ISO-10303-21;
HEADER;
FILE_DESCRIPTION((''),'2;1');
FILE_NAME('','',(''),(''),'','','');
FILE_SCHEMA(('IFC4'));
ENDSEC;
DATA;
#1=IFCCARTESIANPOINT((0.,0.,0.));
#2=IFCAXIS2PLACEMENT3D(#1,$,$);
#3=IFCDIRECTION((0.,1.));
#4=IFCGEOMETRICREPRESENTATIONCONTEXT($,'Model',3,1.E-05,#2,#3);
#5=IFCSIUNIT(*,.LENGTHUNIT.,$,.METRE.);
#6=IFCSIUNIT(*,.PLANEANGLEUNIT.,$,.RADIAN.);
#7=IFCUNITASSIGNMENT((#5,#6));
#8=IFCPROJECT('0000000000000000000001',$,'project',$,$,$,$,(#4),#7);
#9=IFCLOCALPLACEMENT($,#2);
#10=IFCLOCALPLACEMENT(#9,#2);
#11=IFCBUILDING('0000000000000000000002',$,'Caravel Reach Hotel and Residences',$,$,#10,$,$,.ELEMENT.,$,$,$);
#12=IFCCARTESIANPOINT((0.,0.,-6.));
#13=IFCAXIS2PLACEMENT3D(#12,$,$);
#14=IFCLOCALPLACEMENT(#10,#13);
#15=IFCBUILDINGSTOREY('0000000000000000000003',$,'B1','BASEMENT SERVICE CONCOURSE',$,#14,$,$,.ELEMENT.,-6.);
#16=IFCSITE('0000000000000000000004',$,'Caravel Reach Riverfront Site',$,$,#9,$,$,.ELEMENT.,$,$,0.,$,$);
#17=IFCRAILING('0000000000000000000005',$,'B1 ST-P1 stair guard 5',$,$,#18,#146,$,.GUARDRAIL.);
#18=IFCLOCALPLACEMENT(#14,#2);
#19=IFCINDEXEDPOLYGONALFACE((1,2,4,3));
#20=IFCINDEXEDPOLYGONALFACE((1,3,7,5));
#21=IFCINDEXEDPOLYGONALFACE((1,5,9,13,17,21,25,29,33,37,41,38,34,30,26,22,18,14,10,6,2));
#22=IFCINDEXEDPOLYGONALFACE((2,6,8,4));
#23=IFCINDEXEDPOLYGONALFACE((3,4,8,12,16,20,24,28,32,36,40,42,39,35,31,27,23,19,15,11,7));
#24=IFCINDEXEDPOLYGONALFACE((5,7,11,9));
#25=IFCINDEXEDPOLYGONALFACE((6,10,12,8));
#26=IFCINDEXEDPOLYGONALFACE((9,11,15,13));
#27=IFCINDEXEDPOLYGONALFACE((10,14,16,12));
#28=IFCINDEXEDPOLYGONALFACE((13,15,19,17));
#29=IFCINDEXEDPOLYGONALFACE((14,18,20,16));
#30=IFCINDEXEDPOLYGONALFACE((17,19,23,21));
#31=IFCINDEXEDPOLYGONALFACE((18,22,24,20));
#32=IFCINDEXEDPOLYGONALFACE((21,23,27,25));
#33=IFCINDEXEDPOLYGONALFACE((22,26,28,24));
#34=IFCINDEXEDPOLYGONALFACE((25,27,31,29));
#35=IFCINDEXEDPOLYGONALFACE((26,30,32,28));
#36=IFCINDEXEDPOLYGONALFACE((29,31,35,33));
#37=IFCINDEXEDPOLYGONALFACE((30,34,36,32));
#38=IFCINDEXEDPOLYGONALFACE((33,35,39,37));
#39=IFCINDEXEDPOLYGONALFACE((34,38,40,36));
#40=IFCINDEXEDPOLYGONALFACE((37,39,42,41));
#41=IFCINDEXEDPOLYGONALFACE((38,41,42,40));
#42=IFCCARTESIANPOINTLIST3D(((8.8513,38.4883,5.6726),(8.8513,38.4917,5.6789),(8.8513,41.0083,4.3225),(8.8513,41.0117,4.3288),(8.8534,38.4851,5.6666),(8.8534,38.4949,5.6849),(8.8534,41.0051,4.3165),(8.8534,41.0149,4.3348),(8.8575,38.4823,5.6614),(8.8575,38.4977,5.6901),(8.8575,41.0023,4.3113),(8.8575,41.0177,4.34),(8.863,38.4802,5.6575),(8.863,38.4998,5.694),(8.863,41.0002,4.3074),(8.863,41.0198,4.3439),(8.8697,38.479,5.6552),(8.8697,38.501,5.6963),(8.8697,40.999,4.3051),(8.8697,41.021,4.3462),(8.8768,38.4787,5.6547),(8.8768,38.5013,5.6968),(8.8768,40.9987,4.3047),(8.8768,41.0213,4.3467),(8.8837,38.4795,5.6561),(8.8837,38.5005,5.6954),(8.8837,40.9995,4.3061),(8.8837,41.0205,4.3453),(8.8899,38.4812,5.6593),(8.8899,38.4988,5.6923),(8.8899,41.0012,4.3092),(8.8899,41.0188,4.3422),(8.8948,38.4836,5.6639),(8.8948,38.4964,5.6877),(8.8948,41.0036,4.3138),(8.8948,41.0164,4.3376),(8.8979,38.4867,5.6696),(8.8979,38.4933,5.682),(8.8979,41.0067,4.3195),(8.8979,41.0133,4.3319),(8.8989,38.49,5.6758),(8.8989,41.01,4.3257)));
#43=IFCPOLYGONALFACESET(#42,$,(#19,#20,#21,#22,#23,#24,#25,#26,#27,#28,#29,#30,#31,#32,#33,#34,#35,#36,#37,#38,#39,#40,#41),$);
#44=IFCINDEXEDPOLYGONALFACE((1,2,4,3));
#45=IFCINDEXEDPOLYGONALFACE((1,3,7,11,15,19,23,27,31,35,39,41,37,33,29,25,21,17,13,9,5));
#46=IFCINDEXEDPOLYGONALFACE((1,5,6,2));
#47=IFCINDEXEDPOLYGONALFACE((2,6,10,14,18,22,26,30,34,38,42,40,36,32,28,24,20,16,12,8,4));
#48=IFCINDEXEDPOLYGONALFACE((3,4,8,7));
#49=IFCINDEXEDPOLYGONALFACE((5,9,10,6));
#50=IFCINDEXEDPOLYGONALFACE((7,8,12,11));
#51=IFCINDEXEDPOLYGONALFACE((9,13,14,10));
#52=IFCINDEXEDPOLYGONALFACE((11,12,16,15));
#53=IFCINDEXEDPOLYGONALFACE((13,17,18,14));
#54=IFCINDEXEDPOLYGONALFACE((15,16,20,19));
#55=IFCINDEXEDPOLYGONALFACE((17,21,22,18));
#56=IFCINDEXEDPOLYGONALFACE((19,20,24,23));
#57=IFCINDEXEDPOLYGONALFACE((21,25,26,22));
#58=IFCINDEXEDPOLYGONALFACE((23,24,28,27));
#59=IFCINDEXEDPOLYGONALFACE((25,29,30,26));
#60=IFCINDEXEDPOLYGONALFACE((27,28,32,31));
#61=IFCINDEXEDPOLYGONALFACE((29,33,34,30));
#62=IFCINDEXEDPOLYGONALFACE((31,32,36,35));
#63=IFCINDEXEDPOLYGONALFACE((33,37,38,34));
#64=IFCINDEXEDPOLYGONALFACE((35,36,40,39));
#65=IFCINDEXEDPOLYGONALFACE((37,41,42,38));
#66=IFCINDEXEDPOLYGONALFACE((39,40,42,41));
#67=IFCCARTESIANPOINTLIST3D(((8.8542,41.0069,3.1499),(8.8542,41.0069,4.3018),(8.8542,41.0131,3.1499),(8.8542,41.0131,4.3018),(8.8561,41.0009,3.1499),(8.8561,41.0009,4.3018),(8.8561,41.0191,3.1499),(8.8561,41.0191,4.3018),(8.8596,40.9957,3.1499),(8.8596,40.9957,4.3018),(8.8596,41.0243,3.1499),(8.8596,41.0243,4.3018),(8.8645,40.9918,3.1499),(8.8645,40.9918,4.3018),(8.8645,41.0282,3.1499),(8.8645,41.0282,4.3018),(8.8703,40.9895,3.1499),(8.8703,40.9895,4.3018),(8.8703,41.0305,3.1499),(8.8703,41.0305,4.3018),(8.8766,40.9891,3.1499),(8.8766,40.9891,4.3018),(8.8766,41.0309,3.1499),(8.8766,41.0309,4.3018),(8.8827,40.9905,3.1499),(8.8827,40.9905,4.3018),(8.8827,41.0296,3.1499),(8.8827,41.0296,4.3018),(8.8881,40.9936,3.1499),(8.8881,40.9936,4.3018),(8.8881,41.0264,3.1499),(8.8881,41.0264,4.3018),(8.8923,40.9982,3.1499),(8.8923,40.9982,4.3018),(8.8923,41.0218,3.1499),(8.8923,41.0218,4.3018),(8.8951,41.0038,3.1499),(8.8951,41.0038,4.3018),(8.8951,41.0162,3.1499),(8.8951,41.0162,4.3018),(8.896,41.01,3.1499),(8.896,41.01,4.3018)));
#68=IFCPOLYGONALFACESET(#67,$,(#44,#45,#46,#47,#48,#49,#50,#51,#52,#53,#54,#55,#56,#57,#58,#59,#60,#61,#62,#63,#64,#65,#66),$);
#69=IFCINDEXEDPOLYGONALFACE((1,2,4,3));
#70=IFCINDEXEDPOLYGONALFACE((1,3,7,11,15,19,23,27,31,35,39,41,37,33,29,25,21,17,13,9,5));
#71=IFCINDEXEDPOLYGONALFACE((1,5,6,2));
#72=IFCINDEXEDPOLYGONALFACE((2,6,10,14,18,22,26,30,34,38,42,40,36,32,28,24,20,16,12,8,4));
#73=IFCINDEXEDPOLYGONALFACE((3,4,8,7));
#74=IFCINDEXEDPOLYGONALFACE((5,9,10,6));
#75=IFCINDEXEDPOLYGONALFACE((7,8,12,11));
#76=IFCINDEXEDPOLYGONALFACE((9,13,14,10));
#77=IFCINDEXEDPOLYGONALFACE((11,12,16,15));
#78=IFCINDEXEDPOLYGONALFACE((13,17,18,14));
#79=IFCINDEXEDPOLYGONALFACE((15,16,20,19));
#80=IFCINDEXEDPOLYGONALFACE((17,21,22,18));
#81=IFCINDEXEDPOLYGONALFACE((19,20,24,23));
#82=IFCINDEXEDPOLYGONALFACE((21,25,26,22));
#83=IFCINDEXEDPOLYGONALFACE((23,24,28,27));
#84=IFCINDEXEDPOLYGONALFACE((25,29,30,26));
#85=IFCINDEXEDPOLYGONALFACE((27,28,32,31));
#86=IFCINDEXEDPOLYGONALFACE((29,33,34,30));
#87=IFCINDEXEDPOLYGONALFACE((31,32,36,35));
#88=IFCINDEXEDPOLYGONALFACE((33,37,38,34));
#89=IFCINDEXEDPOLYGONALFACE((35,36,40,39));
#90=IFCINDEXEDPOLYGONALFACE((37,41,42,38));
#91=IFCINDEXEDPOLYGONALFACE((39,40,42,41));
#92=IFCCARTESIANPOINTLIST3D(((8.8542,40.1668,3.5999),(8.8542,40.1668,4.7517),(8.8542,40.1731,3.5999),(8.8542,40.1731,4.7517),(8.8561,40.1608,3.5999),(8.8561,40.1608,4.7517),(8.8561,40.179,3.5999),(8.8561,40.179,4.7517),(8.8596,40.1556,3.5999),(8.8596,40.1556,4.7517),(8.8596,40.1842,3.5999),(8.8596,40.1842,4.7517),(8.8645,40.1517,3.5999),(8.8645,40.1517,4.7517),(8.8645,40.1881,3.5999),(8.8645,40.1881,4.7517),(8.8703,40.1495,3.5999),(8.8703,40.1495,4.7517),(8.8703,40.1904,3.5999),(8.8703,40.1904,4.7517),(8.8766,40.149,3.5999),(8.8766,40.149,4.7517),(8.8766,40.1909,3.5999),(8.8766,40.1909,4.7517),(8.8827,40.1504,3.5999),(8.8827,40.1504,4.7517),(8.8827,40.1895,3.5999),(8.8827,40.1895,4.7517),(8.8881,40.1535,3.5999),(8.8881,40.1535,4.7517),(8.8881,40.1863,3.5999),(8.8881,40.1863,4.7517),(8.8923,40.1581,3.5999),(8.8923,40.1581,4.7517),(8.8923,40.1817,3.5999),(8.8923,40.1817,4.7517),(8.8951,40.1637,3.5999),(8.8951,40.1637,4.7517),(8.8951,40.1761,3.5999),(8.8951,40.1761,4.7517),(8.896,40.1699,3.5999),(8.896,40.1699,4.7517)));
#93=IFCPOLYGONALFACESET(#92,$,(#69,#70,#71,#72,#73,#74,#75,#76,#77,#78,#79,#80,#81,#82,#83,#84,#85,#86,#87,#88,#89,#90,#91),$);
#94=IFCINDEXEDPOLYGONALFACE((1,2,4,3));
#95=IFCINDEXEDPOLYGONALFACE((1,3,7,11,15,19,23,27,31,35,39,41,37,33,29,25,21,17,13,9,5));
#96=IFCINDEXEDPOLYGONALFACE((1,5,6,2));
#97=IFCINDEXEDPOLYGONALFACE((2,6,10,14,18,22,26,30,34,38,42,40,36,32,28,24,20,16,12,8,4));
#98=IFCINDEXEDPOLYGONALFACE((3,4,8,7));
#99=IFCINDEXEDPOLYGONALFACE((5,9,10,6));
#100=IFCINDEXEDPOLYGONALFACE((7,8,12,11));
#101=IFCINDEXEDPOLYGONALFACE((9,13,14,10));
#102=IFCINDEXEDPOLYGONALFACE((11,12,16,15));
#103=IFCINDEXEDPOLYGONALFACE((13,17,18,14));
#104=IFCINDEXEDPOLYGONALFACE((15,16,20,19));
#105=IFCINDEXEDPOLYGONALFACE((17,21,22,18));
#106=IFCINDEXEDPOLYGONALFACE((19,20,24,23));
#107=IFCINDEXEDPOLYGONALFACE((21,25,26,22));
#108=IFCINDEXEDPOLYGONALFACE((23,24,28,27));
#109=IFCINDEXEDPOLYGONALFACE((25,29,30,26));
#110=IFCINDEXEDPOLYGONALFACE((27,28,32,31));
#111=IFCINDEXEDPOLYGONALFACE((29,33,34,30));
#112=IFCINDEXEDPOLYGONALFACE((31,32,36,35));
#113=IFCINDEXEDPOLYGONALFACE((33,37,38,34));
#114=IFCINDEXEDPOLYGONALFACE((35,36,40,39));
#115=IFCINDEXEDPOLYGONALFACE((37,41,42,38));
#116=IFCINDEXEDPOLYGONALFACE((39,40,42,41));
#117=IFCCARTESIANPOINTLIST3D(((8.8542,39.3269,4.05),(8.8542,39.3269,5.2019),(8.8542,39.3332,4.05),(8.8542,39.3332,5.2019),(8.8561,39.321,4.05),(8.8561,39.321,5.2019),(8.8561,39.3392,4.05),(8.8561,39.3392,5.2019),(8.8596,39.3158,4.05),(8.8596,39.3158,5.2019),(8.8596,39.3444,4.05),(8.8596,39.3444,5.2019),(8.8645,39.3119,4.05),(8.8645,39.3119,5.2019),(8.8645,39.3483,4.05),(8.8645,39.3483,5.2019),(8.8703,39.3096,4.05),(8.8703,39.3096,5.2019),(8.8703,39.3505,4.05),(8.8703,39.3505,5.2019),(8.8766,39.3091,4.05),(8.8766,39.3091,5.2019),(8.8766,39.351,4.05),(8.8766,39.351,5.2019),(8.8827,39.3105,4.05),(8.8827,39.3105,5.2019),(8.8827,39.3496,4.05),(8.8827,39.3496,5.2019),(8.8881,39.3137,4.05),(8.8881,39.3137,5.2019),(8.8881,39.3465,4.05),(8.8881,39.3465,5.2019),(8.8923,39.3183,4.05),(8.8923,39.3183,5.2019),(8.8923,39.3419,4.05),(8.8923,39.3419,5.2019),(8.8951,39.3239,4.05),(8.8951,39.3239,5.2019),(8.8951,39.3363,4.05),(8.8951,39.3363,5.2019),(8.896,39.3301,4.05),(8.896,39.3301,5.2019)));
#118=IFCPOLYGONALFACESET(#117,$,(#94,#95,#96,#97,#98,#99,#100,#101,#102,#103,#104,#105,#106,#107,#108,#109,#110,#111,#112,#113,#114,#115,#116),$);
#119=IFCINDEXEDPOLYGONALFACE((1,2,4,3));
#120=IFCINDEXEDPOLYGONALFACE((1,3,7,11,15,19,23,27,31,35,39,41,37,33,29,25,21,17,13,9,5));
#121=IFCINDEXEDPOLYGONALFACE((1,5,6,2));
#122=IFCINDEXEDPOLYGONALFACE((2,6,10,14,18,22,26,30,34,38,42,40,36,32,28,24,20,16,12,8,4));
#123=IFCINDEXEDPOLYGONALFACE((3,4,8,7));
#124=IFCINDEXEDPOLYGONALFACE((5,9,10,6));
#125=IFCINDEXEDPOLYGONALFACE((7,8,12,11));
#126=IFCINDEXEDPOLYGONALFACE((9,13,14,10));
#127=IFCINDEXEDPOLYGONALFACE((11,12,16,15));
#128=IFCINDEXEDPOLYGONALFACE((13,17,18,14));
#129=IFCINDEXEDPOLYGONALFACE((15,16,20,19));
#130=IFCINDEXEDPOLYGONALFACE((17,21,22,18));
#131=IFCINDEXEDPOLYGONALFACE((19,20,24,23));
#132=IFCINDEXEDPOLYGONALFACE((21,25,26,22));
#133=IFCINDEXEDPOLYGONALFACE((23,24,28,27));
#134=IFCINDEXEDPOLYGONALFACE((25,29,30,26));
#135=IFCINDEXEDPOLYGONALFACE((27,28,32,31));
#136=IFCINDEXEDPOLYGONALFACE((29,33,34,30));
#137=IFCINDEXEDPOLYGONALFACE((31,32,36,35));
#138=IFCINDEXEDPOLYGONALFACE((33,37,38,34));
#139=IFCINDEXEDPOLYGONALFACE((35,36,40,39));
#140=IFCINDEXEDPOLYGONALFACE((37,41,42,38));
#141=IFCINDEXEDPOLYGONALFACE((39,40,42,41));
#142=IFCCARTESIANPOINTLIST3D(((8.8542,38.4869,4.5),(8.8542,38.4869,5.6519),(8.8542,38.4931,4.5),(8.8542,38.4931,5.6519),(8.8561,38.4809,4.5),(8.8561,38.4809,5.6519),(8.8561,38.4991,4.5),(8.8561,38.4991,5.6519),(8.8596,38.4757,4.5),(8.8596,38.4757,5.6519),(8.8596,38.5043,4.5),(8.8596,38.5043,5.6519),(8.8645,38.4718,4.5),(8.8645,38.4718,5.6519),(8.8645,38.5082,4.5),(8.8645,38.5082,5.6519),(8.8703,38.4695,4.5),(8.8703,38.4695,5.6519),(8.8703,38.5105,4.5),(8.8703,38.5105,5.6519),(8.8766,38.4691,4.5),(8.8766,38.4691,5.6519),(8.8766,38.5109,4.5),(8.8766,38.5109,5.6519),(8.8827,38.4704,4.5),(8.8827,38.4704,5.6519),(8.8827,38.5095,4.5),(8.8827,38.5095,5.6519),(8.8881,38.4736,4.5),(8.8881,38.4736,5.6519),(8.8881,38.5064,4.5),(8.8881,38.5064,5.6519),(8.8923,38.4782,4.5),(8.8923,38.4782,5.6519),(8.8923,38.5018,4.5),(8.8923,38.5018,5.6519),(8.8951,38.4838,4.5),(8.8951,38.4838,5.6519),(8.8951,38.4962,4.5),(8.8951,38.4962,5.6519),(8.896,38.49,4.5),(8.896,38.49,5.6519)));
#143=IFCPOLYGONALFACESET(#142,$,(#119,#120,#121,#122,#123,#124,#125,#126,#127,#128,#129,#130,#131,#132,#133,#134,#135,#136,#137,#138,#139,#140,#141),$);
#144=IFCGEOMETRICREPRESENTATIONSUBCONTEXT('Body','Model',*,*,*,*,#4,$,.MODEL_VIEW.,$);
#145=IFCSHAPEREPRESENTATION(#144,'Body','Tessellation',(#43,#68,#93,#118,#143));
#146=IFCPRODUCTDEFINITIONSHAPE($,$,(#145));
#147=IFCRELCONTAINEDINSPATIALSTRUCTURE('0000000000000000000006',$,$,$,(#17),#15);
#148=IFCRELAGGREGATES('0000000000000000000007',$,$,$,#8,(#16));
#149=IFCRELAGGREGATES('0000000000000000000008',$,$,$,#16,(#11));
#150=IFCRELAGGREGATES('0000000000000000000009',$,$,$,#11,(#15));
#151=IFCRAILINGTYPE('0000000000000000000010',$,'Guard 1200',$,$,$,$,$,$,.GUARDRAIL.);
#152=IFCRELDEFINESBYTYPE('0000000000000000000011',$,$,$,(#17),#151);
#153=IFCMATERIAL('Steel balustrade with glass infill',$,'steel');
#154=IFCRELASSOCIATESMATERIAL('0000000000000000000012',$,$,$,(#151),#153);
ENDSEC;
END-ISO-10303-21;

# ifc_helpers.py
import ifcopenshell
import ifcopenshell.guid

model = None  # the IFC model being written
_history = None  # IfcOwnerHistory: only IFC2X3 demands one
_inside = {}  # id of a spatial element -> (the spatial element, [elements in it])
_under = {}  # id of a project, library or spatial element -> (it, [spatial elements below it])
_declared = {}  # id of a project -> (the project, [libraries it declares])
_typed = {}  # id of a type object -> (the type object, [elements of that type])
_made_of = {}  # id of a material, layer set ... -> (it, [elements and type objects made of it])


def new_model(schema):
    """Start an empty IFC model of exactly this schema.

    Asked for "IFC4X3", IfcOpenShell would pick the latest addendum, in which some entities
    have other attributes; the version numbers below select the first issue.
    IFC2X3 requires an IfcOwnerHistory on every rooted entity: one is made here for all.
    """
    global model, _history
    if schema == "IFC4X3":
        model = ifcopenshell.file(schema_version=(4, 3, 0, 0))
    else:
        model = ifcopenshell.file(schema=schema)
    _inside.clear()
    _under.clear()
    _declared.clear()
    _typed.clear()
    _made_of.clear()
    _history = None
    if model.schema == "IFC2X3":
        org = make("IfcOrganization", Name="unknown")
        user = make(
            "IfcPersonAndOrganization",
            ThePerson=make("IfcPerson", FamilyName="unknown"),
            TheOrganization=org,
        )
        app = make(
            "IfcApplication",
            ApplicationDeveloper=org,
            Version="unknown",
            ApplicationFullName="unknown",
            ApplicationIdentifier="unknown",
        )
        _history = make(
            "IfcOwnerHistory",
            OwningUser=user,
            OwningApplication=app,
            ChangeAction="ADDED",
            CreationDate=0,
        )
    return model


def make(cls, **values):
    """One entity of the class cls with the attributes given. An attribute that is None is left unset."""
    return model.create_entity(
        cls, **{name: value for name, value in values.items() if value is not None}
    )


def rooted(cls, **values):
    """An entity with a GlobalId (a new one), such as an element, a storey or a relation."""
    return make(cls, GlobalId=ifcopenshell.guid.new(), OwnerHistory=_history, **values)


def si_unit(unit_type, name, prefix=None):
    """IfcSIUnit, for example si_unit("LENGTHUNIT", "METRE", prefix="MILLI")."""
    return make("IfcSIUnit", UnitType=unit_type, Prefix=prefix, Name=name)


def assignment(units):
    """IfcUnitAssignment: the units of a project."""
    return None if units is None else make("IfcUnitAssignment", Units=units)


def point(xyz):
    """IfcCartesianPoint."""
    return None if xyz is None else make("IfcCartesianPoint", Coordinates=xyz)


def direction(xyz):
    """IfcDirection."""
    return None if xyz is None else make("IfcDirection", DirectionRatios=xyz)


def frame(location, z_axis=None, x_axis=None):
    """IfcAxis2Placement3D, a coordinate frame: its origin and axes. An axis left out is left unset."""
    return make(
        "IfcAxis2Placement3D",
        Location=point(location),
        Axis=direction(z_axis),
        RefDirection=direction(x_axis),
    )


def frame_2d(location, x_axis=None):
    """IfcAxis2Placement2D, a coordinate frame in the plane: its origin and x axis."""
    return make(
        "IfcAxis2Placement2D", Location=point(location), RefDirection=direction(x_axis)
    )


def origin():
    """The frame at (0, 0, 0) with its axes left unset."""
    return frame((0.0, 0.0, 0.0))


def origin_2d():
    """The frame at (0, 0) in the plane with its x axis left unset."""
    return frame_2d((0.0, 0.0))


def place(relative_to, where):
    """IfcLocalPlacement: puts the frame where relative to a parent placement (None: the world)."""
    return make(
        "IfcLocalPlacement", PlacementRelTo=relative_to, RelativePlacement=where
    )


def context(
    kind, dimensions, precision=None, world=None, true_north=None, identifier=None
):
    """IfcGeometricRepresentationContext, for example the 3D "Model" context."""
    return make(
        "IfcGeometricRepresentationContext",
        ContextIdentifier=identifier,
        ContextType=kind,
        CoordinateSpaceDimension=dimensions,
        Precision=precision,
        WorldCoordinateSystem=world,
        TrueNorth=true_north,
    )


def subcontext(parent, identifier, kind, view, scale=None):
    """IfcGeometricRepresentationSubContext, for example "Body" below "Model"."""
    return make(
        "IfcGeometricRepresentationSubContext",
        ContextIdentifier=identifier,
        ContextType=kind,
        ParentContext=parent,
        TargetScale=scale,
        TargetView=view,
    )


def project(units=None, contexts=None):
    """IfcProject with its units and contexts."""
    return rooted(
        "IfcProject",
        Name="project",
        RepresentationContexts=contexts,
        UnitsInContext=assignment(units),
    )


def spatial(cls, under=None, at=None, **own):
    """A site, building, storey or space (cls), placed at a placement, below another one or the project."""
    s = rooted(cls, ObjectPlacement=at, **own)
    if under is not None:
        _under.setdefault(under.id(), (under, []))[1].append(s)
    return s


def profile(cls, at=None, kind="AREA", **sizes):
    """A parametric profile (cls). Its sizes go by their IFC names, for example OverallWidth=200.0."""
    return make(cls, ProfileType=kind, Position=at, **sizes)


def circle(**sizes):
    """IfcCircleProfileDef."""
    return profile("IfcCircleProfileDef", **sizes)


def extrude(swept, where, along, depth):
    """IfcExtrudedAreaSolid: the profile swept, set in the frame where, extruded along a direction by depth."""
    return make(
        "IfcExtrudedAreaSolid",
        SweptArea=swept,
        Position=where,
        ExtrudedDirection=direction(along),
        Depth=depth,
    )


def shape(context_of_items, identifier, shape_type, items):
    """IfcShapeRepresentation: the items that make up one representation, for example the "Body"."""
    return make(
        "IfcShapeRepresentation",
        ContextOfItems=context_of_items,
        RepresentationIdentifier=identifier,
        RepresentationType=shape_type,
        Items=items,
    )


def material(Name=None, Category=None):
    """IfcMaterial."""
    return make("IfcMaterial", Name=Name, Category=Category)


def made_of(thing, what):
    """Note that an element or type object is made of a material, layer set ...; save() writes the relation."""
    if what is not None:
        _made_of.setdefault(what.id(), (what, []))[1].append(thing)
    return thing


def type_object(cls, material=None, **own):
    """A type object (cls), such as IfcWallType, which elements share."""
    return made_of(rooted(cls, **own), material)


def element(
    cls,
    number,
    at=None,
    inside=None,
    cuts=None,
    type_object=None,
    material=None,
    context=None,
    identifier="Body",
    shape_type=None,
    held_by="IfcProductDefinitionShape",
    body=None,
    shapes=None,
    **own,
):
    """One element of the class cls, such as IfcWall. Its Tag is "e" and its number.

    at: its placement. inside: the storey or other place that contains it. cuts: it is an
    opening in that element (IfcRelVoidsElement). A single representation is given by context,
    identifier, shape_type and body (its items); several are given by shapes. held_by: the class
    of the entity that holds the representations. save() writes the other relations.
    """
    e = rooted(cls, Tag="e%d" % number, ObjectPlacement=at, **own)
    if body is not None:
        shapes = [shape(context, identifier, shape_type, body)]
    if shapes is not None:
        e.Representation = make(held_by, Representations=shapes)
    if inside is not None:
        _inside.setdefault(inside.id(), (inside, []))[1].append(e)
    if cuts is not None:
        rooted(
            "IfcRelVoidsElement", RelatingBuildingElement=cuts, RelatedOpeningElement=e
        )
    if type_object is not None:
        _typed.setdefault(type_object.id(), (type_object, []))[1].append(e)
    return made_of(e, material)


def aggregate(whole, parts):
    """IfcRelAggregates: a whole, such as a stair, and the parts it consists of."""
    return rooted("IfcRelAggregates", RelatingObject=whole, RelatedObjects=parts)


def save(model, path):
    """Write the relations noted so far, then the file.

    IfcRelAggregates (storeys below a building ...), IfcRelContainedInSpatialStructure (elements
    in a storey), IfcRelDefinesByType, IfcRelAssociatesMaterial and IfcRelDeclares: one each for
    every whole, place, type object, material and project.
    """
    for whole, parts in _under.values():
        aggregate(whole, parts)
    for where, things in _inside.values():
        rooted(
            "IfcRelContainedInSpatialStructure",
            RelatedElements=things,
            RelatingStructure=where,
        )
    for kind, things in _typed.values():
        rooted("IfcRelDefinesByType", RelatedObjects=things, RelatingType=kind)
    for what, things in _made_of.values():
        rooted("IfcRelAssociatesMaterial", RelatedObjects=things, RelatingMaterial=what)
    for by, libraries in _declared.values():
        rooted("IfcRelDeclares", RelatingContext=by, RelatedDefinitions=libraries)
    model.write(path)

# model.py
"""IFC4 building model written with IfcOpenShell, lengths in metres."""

from ifc_helpers import new_model, si_unit, direction, frame, origin, origin_2d, place, context, subcontext, project, spatial, circle, extrude, material, type_object, element, save


model = new_model("IFC4")

# Units and contexts
model_context = context("Model", 3, precision=1e-05, world=origin(), true_north=direction((0.0, 1.0)))
body_context = subcontext(model_context, "Body", "Model", "MODEL_VIEW")
ifc_project = project(units=[si_unit("LENGTHUNIT", "METRE"), si_unit("PLANEANGLEUNIT", "RADIAN")], contexts=[model_context])

# Site, building, storey
site_placement = place(None, origin())
site = spatial("IfcSite", under=ifc_project, at=site_placement, Name="Caravel Reach Riverfront Site", CompositionType="ELEMENT", RefElevation=0.0)
building_placement = place(site_placement, origin())
building = spatial("IfcBuilding", under=site, at=building_placement, Name="Caravel Reach Hotel and Residences", CompositionType="ELEMENT")
storey_placement = place(building_placement, frame((0.0, 0.0, -6.0)))
storey = spatial("IfcBuildingStorey", under=building, at=storey_placement, Name="B1", Description="BASEMENT SERVICE CONCOURSE", CompositionType="ELEMENT", Elevation=-6.0)

# Railing
ifc_material_1 = material(Name="Steel balustrade with glass infill", Category="steel")
railing_type_1 = type_object("IfcRailingType", Name="Guard 1200", PredefinedType="GUARDRAIL", material=ifc_material_1)
railing_1_placement = place(storey_placement, frame((8.875, 41.01, 3.1499)))
element("IfcRailing", 1, at=railing_1_placement, inside=storey, type_object=railing_type_1, Name="B1 ST-P1 stair guard 5", PredefinedType="GUARDRAIL", context=body_context, shape_type="SweptSolid", body=[
    extrude(circle(Radius=0.0239, at=origin_2d()), frame((0.0, 0.0, 1.1758), z_axis=(0.0, -0.881467, 0.472245), x_axis=(1.0, 0.0, 0.0)), (0.0, 0.0, 1.0), 2.8589),
    extrude(circle(Radius=0.021, at=origin_2d()), origin(), (0.0, 0.0, 1.0), 1.1519),
    extrude(circle(Radius=0.021, at=origin_2d()), frame((0.0, -0.8401, 0.45)), (0.0, 0.0, 1.0), 1.1519),
    extrude(circle(Radius=0.021, at=origin_2d()), frame((0.0, -1.6799, 0.9001)), (0.0, 0.0, 1.0), 1.1519),
    extrude(circle(Radius=0.021, at=origin_2d()), frame((0.0, -2.52, 1.3501)), (0.0, 0.0, 1.0), 1.1519),
])

save(model, "model.ifc")
